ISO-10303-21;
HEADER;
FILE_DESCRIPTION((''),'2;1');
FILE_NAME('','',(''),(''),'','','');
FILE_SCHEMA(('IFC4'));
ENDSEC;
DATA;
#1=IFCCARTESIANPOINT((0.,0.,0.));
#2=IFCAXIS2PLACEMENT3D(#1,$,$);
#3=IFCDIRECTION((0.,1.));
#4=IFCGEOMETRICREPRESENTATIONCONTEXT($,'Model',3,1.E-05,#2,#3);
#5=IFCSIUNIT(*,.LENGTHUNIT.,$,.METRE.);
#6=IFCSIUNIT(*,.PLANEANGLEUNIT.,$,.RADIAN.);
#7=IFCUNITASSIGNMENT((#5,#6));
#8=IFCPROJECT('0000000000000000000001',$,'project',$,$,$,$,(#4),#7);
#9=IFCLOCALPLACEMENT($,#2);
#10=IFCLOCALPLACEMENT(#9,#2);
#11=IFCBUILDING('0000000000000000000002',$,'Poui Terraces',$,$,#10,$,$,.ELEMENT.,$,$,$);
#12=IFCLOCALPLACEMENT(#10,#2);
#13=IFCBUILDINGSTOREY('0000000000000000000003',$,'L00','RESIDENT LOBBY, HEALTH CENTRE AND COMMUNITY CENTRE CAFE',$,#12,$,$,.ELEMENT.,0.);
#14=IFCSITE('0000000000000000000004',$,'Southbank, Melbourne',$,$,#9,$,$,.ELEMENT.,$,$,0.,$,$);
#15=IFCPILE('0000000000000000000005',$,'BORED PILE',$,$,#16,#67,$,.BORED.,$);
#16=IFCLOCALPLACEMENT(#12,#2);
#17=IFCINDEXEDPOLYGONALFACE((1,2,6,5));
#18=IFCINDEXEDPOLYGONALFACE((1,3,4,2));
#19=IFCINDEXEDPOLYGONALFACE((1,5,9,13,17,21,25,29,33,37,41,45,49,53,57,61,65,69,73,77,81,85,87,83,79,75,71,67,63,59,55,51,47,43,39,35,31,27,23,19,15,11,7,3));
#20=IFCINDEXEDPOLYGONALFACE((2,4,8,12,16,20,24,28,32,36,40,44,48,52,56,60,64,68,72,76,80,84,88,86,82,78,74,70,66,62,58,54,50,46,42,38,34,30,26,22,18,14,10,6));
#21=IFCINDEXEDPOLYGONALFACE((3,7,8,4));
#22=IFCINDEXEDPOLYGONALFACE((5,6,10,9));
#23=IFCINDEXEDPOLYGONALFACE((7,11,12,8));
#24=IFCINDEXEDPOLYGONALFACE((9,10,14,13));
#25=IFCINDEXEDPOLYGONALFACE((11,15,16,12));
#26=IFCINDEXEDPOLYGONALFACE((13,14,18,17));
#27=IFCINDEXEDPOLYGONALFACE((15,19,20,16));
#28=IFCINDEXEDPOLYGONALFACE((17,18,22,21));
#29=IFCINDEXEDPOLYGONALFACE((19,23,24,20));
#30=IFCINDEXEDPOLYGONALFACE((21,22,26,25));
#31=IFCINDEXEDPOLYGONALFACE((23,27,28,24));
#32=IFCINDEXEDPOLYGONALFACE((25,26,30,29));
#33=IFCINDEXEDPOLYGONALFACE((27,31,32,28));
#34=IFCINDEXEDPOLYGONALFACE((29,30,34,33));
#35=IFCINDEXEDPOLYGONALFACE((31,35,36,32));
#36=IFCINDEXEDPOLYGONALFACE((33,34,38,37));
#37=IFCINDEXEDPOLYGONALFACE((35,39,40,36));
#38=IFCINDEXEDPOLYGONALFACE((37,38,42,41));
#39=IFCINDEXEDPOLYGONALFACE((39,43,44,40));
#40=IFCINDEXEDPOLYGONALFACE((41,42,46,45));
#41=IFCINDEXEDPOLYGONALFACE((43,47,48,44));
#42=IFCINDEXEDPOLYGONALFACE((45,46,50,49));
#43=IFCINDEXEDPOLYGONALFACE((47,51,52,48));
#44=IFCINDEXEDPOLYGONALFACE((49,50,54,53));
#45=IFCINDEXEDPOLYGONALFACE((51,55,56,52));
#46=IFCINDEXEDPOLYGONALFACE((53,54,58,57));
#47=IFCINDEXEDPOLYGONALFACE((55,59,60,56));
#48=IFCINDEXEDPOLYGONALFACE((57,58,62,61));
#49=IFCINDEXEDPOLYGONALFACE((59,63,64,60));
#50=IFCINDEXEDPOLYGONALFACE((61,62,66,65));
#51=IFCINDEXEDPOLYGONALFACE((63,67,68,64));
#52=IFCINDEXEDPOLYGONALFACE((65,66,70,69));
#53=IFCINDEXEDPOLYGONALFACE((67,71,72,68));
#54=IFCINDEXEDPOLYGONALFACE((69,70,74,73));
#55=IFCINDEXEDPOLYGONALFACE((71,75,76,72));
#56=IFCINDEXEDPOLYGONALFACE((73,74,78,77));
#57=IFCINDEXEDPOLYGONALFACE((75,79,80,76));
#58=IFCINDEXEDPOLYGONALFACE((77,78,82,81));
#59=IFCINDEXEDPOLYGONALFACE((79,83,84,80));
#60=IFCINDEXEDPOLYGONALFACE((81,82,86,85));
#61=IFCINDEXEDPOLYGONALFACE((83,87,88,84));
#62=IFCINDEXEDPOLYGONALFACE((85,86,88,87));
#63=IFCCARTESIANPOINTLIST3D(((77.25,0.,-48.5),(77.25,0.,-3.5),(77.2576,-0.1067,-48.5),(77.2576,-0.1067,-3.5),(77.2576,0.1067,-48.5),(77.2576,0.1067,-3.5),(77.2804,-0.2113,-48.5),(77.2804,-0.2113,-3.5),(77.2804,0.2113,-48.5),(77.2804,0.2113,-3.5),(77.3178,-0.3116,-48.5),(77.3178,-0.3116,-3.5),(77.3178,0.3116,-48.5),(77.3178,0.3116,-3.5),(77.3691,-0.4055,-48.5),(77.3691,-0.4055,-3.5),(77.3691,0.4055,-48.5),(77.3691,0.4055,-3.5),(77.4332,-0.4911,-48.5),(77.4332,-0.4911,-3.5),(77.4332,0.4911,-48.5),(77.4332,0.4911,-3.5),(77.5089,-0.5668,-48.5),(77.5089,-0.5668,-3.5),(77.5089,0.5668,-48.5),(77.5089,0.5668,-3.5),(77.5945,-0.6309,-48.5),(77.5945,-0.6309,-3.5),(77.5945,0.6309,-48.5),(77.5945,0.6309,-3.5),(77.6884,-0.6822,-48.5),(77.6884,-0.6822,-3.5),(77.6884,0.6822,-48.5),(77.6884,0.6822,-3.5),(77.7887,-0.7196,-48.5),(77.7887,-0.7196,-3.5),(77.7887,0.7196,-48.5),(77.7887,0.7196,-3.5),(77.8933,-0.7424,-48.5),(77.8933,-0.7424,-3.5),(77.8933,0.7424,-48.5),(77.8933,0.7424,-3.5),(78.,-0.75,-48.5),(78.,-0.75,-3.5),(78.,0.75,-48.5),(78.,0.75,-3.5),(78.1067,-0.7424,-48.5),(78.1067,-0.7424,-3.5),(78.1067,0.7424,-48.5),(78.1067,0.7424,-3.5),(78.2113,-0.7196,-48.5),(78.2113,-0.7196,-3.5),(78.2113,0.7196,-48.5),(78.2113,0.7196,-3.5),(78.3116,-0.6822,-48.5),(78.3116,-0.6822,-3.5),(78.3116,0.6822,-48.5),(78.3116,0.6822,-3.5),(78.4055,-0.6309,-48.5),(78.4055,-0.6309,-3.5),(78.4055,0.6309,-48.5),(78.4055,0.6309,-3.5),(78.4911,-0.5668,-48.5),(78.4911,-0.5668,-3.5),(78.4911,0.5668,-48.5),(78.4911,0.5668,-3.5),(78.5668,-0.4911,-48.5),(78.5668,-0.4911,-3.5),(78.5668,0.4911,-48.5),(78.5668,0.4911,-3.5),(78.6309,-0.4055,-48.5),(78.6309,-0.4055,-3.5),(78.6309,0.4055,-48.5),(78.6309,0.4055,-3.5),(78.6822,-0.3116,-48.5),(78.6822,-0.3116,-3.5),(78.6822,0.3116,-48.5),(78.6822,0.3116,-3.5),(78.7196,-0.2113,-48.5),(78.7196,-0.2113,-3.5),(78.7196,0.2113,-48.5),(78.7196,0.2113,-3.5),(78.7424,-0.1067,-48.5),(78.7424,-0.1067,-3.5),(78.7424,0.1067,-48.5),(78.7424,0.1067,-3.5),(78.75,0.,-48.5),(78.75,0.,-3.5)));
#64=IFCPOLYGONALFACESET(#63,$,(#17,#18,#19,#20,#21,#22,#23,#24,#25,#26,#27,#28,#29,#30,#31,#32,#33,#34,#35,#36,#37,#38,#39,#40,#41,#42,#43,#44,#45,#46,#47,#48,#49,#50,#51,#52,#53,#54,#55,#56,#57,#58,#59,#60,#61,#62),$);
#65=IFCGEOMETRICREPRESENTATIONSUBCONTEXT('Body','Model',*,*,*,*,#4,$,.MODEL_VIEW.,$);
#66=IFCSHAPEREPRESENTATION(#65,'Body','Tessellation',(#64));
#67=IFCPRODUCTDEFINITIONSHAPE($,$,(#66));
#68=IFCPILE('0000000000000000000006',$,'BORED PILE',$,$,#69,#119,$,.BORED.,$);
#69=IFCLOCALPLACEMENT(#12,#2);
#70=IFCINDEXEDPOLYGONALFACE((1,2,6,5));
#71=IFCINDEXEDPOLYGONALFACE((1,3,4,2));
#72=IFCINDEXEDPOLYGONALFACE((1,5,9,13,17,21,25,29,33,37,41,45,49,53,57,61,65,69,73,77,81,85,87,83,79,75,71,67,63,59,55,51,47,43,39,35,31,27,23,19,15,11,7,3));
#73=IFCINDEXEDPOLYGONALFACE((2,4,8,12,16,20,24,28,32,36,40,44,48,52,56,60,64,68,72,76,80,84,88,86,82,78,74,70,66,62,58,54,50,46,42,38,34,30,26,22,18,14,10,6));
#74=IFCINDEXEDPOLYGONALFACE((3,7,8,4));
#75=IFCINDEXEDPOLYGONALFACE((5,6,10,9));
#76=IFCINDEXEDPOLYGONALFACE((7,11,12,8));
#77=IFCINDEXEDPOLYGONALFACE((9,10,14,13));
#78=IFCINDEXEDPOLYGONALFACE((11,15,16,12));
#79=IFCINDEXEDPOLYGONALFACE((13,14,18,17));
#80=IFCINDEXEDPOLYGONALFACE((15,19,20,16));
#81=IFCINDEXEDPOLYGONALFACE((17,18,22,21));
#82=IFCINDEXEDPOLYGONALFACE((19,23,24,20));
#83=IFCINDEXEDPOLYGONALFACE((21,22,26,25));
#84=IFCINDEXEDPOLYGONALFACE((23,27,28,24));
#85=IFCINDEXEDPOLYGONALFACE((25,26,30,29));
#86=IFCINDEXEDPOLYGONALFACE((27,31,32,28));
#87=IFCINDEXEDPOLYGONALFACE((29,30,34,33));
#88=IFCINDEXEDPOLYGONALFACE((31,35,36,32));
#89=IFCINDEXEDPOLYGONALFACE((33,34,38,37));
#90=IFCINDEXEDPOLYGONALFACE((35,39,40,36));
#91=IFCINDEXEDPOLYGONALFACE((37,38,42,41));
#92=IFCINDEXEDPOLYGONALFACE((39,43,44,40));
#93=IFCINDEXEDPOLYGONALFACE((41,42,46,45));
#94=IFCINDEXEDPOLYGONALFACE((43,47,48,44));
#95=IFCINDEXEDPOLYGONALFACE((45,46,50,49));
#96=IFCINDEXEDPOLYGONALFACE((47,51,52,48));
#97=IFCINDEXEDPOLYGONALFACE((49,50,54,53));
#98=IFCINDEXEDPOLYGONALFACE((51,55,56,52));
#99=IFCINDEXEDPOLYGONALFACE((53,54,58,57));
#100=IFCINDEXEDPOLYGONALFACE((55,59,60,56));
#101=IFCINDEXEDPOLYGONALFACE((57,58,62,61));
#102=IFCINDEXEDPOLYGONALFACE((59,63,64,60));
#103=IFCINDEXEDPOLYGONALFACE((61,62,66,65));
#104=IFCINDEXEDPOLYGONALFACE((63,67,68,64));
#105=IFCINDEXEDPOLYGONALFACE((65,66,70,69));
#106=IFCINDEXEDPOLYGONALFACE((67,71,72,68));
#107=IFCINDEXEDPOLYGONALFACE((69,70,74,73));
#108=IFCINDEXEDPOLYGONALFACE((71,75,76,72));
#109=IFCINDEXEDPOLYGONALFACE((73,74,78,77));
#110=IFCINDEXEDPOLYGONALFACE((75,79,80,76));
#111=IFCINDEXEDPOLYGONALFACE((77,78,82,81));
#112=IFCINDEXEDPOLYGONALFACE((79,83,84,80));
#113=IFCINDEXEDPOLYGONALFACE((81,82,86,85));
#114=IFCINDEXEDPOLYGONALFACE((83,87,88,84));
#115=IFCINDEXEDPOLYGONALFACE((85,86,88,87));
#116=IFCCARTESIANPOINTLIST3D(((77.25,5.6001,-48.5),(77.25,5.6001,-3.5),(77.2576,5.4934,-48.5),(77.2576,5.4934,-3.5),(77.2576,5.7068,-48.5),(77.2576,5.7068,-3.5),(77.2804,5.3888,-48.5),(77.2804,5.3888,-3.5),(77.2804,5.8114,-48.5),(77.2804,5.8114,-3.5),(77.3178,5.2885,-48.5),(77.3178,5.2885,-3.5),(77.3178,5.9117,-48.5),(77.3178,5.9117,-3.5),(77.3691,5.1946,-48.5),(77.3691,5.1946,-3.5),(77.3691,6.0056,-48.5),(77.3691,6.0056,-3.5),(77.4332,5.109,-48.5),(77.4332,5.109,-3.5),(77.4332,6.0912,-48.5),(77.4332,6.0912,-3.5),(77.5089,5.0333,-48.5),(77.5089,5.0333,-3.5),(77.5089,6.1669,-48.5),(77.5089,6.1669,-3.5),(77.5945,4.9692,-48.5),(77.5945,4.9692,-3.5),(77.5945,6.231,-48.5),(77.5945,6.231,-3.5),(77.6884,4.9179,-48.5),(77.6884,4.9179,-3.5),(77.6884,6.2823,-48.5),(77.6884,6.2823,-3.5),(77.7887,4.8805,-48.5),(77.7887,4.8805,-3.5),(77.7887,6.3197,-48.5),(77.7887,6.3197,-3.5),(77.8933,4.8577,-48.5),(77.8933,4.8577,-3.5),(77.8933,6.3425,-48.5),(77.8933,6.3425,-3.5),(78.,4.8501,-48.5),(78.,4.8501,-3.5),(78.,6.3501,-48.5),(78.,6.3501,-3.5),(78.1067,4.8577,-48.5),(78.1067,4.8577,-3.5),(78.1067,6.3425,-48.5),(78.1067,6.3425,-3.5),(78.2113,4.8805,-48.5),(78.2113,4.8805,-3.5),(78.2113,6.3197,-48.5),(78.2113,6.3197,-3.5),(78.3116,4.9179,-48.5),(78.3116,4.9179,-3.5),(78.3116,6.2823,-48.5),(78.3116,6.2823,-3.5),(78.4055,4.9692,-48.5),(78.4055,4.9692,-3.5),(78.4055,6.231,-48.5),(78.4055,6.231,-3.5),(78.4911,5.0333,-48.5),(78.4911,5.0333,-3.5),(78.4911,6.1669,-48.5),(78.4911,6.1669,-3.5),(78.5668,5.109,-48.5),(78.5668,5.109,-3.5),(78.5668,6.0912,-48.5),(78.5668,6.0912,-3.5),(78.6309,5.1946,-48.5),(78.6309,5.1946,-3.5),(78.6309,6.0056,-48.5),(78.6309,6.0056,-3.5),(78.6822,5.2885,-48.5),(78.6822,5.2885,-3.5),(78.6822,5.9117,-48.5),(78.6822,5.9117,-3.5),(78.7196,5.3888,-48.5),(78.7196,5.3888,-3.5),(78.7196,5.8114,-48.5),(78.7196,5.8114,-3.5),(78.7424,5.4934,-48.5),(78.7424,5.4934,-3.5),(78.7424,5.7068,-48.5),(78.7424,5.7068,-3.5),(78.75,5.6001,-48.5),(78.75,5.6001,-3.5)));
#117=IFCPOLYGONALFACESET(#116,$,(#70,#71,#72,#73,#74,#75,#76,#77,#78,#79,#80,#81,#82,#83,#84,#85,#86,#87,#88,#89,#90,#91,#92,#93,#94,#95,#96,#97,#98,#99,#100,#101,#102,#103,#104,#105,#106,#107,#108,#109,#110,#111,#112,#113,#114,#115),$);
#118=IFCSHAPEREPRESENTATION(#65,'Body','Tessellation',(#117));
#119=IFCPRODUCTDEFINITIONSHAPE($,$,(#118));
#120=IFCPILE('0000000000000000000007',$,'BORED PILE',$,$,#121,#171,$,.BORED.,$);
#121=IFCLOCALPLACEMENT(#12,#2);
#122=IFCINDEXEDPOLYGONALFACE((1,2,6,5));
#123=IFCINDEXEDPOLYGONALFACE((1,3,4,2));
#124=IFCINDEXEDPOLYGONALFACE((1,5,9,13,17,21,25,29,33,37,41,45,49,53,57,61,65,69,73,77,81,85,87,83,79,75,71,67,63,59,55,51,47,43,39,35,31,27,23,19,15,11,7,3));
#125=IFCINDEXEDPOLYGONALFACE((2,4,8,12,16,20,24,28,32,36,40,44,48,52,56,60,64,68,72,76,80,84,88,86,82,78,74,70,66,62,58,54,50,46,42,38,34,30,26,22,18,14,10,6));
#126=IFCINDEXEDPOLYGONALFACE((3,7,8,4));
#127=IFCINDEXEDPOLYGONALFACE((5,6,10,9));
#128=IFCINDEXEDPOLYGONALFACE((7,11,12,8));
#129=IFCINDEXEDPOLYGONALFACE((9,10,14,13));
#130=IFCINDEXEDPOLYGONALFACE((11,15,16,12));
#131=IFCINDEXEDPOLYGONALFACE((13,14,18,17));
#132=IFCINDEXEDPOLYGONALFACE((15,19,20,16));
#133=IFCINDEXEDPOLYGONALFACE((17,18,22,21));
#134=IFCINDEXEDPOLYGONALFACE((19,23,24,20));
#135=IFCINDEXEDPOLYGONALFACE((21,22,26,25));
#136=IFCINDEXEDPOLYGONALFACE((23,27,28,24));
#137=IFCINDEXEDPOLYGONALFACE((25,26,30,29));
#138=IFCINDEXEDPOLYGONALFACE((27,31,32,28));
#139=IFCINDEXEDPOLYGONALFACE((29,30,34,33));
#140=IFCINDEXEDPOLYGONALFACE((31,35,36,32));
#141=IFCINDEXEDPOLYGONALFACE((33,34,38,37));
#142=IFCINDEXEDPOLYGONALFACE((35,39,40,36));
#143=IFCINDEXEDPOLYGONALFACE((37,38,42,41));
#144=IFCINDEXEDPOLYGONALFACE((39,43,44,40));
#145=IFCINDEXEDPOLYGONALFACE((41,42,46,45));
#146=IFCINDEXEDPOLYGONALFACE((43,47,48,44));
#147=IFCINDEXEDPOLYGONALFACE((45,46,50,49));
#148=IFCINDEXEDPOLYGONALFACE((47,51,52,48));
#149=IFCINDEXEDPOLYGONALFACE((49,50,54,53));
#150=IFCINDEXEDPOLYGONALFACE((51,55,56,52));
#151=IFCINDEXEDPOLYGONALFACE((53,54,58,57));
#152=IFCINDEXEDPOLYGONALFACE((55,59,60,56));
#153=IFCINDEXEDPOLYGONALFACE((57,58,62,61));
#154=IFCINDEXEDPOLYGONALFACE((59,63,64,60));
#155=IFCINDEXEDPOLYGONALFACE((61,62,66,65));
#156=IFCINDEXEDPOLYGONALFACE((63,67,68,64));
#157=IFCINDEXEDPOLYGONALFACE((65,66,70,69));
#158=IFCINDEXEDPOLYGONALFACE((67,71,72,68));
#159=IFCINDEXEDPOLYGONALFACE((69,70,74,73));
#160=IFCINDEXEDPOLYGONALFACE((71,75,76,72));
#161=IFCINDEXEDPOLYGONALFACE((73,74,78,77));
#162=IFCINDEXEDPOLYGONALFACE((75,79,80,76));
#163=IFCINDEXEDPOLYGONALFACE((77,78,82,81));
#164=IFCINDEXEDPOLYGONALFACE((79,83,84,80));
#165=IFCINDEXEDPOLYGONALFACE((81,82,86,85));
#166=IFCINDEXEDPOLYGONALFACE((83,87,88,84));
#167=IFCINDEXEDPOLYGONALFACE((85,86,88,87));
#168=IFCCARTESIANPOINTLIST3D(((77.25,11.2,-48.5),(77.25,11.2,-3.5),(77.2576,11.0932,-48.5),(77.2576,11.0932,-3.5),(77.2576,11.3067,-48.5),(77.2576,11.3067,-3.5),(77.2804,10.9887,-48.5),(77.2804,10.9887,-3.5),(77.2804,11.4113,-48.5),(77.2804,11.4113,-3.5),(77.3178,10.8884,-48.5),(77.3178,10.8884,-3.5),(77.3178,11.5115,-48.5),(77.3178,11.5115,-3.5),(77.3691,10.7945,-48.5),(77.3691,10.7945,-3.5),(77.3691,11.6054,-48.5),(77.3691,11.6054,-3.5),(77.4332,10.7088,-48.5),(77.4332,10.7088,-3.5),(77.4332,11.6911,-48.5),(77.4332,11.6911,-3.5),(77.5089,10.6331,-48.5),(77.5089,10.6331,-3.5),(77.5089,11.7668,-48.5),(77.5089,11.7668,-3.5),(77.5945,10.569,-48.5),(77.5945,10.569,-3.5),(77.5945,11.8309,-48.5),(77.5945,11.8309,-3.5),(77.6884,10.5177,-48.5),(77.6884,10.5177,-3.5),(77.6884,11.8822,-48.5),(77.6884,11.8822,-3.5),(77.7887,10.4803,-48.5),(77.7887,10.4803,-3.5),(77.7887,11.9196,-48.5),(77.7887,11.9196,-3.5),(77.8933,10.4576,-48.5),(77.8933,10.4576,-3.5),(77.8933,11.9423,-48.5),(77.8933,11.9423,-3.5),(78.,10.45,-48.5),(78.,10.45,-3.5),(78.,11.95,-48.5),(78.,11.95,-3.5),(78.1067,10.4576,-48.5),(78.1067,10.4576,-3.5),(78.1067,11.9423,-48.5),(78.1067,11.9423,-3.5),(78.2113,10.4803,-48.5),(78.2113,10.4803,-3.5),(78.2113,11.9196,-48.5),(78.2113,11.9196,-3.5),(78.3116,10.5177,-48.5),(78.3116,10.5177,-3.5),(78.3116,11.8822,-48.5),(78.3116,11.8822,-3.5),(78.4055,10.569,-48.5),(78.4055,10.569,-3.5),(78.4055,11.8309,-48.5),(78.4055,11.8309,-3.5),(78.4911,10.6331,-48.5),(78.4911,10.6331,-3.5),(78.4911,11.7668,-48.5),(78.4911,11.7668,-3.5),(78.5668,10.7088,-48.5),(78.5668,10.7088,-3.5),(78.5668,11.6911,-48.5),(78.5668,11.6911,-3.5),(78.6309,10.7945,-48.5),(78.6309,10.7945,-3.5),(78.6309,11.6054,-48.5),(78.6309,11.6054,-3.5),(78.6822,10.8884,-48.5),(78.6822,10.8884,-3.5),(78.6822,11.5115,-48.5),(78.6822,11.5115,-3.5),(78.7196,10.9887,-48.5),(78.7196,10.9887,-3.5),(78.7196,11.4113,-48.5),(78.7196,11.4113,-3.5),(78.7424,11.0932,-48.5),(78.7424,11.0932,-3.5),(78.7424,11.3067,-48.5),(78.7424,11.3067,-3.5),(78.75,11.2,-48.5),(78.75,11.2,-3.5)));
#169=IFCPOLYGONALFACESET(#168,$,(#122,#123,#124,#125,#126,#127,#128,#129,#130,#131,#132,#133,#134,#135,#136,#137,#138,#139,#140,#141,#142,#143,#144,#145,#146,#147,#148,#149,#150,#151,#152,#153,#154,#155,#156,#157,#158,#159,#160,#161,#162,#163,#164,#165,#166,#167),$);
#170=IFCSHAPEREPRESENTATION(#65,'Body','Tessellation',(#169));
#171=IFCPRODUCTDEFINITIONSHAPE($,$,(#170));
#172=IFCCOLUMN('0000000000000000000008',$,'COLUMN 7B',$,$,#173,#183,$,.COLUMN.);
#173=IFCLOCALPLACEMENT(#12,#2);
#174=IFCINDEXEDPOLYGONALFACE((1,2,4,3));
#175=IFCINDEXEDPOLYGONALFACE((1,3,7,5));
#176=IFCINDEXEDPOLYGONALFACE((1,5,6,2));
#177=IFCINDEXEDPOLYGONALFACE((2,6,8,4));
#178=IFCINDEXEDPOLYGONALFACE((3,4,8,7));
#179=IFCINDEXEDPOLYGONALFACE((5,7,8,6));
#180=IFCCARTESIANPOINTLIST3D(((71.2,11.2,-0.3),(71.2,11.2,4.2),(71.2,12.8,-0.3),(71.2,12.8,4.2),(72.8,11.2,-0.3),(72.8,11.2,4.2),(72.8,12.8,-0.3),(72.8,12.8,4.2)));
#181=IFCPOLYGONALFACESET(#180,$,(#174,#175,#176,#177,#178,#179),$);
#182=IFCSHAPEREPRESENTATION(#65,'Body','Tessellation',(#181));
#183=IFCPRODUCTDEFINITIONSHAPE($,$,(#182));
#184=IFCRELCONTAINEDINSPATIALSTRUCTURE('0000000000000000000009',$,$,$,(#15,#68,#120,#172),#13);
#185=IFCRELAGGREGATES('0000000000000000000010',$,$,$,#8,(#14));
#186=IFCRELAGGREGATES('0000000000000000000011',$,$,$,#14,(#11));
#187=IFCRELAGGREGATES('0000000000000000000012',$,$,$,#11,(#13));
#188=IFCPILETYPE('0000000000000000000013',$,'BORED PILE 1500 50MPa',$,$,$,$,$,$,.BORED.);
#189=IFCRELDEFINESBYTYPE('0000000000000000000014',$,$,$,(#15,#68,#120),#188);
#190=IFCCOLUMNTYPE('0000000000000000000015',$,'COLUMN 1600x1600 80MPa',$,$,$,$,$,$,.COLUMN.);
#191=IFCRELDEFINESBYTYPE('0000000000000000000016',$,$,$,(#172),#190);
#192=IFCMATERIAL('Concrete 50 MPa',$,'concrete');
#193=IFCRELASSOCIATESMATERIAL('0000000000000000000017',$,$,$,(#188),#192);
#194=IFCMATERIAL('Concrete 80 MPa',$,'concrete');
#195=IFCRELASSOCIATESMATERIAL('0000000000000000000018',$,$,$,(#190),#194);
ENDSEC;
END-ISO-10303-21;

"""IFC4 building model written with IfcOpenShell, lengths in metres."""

from ifc_helpers import new_model, si_unit, direction, frame, origin, origin_2d, place, context, subcontext, project, spatial, rectangle, circle, extrude, source, transform, mapped, material, material_profile, profile_set, type_object, element, save


model = new_model("IFC4")

# Units and contexts
model_context = context("Model", 3, precision=1e-05, world=origin(), true_north=direction((0.0, 1.0)))
body_context = subcontext(model_context, "Body", "Model", "MODEL_VIEW")
ifc_project = project(units=[si_unit("LENGTHUNIT", "METRE"), si_unit("PLANEANGLEUNIT", "RADIAN")], contexts=[model_context])

# Site, building, storey
site_placement = place(None, origin())
site = spatial("IfcSite", under=ifc_project, at=site_placement, Name="Southbank, Melbourne", CompositionType="ELEMENT", RefElevation=0.0)
building_placement = place(site_placement, origin())
building = spatial("IfcBuilding", under=site, at=building_placement, Name="Poui Terraces", CompositionType="ELEMENT")
storey_placement = place(building_placement, origin())
storey = spatial("IfcBuildingStorey", under=building, at=storey_placement, Name="L00", Description="RESIDENT LOBBY, HEALTH CENTRE AND COMMUNITY CENTRE CAFE", CompositionType="ELEMENT", Elevation=0.0)

# Piles
ifc_material_1 = material(Name="Concrete 50 MPa", Category="concrete")
ifc_material_profile_1 = material_profile(ifc_material_1, circle(Radius=0.75, at=origin_2d()), Name="RC D1500")
ifc_profile_set_1 = profile_set([ifc_material_profile_1], Name="Concrete 50 MPa")
pile_type = type_object("IfcPileType", Name="BORED PILE 1500 50MPa", PredefinedType="BORED", material=ifc_profile_set_1)
for number, where, z_axis, x_axis, name in (
    (1, (78.0, 0.0, -3.5), (0.0, 0.0, -1.0), (1.0, 0.0, 0.0), "BORED PILE"),
    (2, (78.0, 5.6001, -3.5), (0.0, 0.0, -1.0), (1.0, 0.0, 0.0), "BORED PILE"),
    (3, (78.0, 11.2, -3.5), (0.0, 0.0, -1.0), (1.0, 0.0, 0.0), "BORED PILE"),
):
    element("IfcPile", number, at=place(storey_placement, frame(where, z_axis=z_axis, x_axis=x_axis)), inside=storey, type_object=pile_type, Name=name, PredefinedType="BORED", context=body_context, shape_type="SweptSolid", body=[
        extrude(circle(Radius=0.75, at=origin_2d()), origin(), (0.0, 0.0, 1.0), 45.0),
    ])

# Column
ifc_material_2 = material(Name="Concrete 80 MPa", Category="concrete")
ifc_material_profile_2 = material_profile(ifc_material_2, rectangle(XDim=1.6001, YDim=1.6001, at=origin_2d()), Name="RC 1600x1600")
ifc_profile_set_2 = profile_set([ifc_material_profile_2], Name="Concrete 80 MPa")
column_type = type_object("IfcColumnType", Name="COLUMN 1600x1600 80MPa", PredefinedType="COLUMN", material=ifc_profile_set_2)
shared_shape = source(origin(), body_context, "Body", "SweptSolid", [
    extrude(rectangle(XDim=1.6001, YDim=1.6001, at=origin_2d()), origin(), (0.0, 0.0, 1.0), 4.5),
])
column_placement = place(storey_placement, frame((72.0, 12.0, -0.3), z_axis=(0.0, 0.0, 1.0), x_axis=(1.0, 0.0, 0.0)))
element("IfcColumn", 4, at=column_placement, inside=storey, type_object=column_type, Name="COLUMN 7B", PredefinedType="COLUMN", context=body_context, shape_type="MappedRepresentation", body=[
    mapped(shared_shape, transform((0.0, 0.0, 0.0))),
])

save(model, "model.ifc")
